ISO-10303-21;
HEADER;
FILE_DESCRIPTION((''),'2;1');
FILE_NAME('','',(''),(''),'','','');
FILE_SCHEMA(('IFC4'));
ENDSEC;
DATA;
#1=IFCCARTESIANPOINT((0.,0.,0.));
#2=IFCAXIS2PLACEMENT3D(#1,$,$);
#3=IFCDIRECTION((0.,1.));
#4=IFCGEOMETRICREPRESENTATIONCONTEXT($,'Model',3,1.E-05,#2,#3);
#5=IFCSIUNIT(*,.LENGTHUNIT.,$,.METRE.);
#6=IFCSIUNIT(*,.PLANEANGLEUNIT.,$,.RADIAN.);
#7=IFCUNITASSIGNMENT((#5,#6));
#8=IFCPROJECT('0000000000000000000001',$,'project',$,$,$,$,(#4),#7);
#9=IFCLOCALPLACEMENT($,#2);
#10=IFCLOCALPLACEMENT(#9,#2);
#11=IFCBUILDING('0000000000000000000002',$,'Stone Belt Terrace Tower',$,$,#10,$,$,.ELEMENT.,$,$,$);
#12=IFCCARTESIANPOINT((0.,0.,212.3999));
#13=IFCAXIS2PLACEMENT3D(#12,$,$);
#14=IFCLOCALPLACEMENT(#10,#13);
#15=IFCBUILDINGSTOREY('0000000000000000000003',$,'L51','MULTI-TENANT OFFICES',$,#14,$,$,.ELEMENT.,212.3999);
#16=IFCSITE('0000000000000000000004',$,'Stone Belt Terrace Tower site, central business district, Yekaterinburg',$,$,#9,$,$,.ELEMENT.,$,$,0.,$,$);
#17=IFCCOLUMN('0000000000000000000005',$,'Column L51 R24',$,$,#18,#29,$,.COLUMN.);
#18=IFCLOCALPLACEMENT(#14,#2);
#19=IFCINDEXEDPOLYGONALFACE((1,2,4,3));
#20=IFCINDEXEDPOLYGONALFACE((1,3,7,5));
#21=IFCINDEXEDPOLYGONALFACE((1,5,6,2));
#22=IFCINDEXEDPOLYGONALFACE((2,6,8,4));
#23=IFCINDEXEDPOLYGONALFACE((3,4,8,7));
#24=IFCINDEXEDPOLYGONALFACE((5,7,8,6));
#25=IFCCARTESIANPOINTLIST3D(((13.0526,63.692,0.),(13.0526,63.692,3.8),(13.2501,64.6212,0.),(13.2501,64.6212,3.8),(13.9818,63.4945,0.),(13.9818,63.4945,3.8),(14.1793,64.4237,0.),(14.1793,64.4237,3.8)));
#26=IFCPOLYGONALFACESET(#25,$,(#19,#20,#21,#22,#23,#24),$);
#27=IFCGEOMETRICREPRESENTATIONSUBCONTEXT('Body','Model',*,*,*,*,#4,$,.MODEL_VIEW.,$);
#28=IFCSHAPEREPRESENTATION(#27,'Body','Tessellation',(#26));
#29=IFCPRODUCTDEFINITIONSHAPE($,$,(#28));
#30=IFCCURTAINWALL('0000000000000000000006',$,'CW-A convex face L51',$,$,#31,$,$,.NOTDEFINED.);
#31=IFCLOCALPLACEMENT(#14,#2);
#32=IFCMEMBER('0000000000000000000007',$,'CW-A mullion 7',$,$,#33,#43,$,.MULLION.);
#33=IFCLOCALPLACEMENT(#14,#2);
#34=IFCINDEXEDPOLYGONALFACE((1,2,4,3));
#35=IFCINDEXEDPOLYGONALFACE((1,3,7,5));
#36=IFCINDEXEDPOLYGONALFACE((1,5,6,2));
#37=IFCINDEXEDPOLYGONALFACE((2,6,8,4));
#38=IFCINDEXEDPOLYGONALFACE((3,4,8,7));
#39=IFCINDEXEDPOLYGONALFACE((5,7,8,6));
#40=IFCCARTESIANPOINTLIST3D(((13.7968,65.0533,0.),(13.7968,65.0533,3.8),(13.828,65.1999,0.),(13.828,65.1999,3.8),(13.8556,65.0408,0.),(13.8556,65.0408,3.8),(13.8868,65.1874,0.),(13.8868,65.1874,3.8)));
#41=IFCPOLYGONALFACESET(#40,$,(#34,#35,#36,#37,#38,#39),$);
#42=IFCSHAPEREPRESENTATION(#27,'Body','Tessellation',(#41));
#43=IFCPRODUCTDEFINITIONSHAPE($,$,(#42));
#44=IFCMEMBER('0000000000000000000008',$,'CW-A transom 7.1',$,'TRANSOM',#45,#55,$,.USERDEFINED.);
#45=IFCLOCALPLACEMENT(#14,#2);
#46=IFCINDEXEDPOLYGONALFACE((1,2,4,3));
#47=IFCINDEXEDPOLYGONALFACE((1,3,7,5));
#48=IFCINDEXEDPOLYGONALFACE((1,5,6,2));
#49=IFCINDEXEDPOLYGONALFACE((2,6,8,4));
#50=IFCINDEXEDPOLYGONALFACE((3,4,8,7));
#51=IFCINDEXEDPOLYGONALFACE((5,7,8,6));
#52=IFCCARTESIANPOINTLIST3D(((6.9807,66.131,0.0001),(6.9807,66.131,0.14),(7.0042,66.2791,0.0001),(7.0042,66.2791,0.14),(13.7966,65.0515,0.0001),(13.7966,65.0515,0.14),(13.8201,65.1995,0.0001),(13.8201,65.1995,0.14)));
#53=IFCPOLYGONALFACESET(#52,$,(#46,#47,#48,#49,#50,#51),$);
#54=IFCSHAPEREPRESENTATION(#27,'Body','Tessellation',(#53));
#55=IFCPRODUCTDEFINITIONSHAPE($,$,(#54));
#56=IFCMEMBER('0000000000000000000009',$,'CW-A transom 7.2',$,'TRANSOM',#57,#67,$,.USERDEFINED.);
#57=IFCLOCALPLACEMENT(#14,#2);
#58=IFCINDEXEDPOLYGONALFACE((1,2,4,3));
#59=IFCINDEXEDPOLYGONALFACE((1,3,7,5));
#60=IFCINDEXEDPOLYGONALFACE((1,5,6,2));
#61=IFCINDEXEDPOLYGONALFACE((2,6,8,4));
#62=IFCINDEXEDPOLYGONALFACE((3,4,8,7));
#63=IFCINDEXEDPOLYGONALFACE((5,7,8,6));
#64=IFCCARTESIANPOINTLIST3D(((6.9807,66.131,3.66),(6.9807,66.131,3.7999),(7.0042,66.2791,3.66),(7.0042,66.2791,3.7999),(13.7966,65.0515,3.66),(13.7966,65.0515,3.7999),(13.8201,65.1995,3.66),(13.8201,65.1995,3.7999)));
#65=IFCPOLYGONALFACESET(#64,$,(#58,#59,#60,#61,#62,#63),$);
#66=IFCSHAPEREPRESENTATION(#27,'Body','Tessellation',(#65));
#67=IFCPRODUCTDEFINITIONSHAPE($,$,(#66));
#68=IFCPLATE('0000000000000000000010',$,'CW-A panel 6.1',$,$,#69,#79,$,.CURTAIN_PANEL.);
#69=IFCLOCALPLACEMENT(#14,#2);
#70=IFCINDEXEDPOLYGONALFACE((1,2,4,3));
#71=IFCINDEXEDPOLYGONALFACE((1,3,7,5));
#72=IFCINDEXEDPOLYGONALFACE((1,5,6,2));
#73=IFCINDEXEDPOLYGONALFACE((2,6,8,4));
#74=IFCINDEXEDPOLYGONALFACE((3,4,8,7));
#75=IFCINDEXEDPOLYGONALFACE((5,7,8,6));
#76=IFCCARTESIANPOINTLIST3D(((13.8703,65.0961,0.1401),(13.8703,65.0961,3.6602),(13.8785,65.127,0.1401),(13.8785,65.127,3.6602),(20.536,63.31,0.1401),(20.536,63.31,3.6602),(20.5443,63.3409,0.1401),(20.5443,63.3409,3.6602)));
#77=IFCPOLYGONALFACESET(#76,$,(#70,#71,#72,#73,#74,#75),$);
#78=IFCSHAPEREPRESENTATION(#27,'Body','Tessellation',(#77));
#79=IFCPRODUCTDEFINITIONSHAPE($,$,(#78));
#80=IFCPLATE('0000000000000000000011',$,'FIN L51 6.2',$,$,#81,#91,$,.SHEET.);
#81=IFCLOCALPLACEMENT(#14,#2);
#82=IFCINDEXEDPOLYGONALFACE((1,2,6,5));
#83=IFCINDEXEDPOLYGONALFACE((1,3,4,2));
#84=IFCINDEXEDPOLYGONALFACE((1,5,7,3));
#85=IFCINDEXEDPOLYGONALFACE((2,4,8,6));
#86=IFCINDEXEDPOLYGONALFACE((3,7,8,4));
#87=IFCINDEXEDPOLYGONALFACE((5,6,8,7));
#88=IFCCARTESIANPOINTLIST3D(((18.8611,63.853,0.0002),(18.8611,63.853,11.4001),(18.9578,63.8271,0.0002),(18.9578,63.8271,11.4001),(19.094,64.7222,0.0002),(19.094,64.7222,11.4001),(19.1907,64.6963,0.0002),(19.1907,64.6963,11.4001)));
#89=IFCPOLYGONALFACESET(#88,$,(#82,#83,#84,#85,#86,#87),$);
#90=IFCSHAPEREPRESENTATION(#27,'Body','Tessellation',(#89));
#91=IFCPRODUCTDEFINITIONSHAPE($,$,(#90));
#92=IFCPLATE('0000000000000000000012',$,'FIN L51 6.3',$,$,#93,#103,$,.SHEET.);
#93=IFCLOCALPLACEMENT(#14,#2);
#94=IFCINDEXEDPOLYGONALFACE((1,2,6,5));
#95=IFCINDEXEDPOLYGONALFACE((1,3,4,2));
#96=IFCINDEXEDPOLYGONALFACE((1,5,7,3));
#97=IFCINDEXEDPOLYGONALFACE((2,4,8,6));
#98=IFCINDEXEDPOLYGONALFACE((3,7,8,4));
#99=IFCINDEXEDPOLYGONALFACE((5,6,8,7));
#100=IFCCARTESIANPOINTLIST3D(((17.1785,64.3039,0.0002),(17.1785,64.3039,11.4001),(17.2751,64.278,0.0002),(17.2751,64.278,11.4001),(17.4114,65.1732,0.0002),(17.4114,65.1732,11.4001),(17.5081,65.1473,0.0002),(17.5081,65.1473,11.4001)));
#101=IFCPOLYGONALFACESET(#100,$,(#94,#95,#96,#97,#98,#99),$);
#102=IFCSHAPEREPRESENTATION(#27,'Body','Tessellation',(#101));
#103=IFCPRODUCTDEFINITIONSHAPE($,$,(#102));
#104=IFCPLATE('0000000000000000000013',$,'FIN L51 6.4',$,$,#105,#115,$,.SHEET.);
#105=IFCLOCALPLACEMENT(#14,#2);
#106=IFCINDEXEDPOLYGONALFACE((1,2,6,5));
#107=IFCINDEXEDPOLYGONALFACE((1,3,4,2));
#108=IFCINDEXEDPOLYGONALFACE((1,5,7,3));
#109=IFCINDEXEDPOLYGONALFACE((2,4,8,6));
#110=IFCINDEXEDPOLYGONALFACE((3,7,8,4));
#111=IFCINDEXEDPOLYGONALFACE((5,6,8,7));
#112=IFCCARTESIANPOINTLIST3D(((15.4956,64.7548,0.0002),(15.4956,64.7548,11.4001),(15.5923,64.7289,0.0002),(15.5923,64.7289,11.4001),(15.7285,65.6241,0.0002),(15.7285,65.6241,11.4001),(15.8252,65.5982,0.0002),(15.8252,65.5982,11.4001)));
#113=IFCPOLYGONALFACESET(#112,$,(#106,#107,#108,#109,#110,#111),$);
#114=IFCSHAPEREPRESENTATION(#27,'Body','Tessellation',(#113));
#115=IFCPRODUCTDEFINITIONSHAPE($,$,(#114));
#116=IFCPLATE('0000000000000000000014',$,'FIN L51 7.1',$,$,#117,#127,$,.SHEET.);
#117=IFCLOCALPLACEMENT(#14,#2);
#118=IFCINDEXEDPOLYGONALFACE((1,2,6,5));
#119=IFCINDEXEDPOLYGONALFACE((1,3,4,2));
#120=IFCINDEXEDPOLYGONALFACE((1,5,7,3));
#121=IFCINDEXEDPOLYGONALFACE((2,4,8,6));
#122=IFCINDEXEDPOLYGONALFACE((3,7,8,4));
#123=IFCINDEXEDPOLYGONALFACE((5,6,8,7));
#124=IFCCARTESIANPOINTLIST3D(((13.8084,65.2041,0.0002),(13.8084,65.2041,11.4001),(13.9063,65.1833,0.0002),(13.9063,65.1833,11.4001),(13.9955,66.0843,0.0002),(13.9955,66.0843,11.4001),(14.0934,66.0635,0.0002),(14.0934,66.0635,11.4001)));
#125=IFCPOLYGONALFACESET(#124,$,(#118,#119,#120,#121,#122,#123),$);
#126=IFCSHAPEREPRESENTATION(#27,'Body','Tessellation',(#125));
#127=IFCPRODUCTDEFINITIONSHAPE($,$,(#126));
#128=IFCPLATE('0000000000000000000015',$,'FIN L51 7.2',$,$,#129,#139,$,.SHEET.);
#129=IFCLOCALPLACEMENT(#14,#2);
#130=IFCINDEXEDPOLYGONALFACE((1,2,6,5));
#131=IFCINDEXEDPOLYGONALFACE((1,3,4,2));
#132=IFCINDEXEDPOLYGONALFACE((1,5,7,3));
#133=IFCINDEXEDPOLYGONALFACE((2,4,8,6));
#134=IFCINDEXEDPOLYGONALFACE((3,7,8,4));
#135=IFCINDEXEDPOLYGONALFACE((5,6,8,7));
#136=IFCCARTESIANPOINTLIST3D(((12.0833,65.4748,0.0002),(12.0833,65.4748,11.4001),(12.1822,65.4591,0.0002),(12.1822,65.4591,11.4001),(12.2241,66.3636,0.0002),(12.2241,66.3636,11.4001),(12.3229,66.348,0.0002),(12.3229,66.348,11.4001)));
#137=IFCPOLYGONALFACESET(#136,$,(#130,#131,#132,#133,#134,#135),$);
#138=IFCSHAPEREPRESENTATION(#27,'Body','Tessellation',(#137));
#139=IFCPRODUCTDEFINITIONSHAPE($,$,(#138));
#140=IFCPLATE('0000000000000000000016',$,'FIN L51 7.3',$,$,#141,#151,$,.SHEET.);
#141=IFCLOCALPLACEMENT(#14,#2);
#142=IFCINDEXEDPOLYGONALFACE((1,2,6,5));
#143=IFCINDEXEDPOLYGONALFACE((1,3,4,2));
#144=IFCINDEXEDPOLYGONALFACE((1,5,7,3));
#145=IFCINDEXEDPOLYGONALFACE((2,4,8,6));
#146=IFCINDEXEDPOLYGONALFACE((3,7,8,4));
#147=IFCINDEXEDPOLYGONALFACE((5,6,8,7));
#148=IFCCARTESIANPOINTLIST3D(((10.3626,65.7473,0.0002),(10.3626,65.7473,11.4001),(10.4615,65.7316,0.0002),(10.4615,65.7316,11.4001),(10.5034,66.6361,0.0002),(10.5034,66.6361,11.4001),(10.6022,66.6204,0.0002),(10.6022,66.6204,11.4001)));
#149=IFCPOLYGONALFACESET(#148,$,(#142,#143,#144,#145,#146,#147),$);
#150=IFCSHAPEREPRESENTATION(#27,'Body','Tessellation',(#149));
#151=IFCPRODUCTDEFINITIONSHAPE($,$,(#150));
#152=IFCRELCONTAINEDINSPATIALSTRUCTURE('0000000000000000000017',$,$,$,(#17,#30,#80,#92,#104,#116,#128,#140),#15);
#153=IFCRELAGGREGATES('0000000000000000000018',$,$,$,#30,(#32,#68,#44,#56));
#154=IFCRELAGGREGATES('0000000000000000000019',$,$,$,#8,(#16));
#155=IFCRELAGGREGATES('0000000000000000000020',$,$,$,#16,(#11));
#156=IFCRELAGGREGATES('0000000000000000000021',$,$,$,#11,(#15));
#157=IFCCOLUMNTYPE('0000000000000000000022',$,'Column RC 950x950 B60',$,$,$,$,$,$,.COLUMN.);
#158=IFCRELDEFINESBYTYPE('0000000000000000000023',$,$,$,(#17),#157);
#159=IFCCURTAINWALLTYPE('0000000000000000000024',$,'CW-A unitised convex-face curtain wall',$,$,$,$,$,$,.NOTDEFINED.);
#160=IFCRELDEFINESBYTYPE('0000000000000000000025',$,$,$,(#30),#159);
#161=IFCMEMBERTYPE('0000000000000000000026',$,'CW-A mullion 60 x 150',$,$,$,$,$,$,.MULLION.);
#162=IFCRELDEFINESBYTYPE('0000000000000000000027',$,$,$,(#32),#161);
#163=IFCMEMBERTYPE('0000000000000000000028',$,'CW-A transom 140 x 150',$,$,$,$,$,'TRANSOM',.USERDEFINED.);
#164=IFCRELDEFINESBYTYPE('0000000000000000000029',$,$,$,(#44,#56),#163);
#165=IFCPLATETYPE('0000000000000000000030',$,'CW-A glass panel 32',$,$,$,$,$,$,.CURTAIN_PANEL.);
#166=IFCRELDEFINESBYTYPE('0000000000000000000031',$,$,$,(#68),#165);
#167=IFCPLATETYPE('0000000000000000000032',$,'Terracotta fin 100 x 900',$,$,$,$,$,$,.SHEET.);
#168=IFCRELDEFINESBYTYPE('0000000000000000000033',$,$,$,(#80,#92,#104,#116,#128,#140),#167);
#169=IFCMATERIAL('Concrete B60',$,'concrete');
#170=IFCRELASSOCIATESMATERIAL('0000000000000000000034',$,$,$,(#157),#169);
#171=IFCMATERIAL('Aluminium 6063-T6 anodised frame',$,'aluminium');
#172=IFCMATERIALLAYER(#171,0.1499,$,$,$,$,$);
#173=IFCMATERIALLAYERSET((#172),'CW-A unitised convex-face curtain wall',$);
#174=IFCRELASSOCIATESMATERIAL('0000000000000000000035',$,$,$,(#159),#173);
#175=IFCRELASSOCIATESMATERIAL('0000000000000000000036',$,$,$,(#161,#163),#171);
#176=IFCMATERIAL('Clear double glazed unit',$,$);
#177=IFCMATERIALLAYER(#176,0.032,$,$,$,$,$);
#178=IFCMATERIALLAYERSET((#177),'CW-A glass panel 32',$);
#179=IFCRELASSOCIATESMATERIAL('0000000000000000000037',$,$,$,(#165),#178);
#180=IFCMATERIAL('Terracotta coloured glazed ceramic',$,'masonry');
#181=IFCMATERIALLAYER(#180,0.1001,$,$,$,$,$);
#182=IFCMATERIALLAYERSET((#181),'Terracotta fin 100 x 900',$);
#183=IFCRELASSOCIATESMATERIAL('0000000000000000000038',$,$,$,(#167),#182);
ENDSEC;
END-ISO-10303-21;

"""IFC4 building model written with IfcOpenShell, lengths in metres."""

from ifc_helpers import new_model, si_unit, direction, frame, origin, origin_2d, place, context, subcontext, project, spatial, rectangle, extrude, material, layer, layer_set, material_profile, profile_set, type_object, element, aggregate, save


model = new_model("IFC4")

# Units and contexts
model_context = context("Model", 3, precision=1e-05, world=origin(), true_north=direction((0.0, 1.0)))
body_context = subcontext(model_context, "Body", "Model", "MODEL_VIEW")
ifc_project = project(units=[si_unit("LENGTHUNIT", "METRE"), si_unit("PLANEANGLEUNIT", "RADIAN")], contexts=[model_context])

# Site, building, storey
site_placement = place(None, origin())
site = spatial("IfcSite", under=ifc_project, at=site_placement, Name="Stone Belt Terrace Tower site, central business district, Yekaterinburg", CompositionType="ELEMENT", RefElevation=0.0)
building_placement = place(site_placement, origin())
building = spatial("IfcBuilding", under=site, at=building_placement, Name="Stone Belt Terrace Tower", CompositionType="ELEMENT")
storey_placement = place(building_placement, frame((0.0, 0.0, 212.3999)))
storey = spatial("IfcBuildingStorey", under=building, at=storey_placement, Name="L51", Description="MULTI-TENANT OFFICES", CompositionType="ELEMENT", Elevation=212.3999)

# Column
ifc_material_1 = material(Name="Concrete B60", Category="concrete")
ifc_material_profile_1 = material_profile(ifc_material_1, rectangle(XDim=0.95, YDim=0.95, at=origin_2d()), Name="RC 950x950")
ifc_profile_set_1 = profile_set([ifc_material_profile_1], Name="Concrete B60")
column_type = type_object("IfcColumnType", Name="Column RC 950x950 B60", PredefinedType="COLUMN", material=ifc_profile_set_1)
column_placement = place(storey_placement, frame((13.616, 64.0579, 0.0), z_axis=(0.0, 0.0, 1.0), x_axis=(0.978148, -0.207912, 0.0)))
element("IfcColumn", 1, at=column_placement, inside=storey, type_object=column_type, Name="Column L51 R24", PredefinedType="COLUMN", context=body_context, shape_type="SweptSolid", body=[
    extrude(rectangle(XDim=0.95, YDim=0.95, at=origin_2d()), origin(), (0.0, 0.0, 1.0), 3.8),
])

# Curtain wall, members, plate
ifc_material_2 = material(Name="Aluminium 6063-T6 anodised frame", Category="aluminium")
ifc_layer_1 = layer(ifc_material_2, 0.1499)
ifc_layer_set_1 = layer_set([ifc_layer_1], Name="CW-A unitised convex-face curtain wall")
curtain_wall_type = type_object("IfcCurtainWallType", Name="CW-A unitised convex-face curtain wall", PredefinedType="NOTDEFINED", material=ifc_layer_set_1)
curtain_wall_placement = place(storey_placement, origin())
curtain_wall = element("IfcCurtainWall", 2, at=curtain_wall_placement, inside=storey, type_object=curtain_wall_type, Name="CW-A convex face L51", PredefinedType="NOTDEFINED")
ifc_material_profile_2 = material_profile(ifc_material_2, rectangle(XDim=0.1499, YDim=0.0601, at=origin_2d()), Name="Aluminium 6063-T6 60x150")
ifc_profile_set_2 = profile_set([ifc_material_profile_2], Name="Aluminium 6063-T6 anodised frame")
member_type_1 = type_object("IfcMemberType", Name="CW-A mullion 60 x 150", PredefinedType="MULLION", material=ifc_profile_set_2)
member_1_placement = place(storey_placement, frame((13.8418, 65.1204, 0.0), z_axis=(0.0, 0.0, 1.0), x_axis=(-0.207912, -0.978148, 0.0)))
member_1 = element("IfcMember", 3, at=member_1_placement, type_object=member_type_1, Name="CW-A mullion 7", PredefinedType="MULLION", context=body_context, shape_type="SweptSolid", body=[
    extrude(rectangle(XDim=0.1499, YDim=0.0601, at=origin_2d()), origin(), (0.0, 0.0, 1.0), 3.8),
])
ifc_material_profile_3 = material_profile(ifc_material_2, rectangle(XDim=0.1499, YDim=0.1399, at=origin_2d()), Name="Aluminium 6063-T6 150x140")
ifc_profile_set_3 = profile_set([ifc_material_profile_3], Name="Aluminium 6063-T6 anodised frame")
member_type_2 = type_object("IfcMemberType", Name="CW-A transom 140 x 150", ElementType="TRANSOM", PredefinedType="USERDEFINED", material=ifc_profile_set_3)
member_2_placement = place(storey_placement, frame((13.8083, 65.1255, 0.0701), z_axis=(-0.987687, 0.156442, 0.0), x_axis=(-0.156442, -0.987687, 0.0)))
member_2 = element("IfcMember", 4, at=member_2_placement, type_object=member_type_2, Name="CW-A transom 7.1", ObjectType="TRANSOM", PredefinedType="USERDEFINED", context=body_context, shape_type="SweptSolid", body=[
    extrude(rectangle(XDim=0.1499, YDim=0.1399, at=origin_2d()), origin(), (0.0, 0.0, 1.0), 6.9009),
])
member_3_placement = place(storey_placement, frame((13.8083, 65.1255, 3.73), z_axis=(-0.987687, 0.156442, 0.0), x_axis=(-0.156442, -0.987687, 0.0)))
member_3 = element("IfcMember", 5, at=member_3_placement, type_object=member_type_2, Name="CW-A transom 7.2", ObjectType="TRANSOM", PredefinedType="USERDEFINED", context=body_context, shape_type="SweptSolid", body=[
    extrude(rectangle(XDim=0.1499, YDim=0.1399, at=origin_2d()), origin(), (0.0, 0.0, 1.0), 6.9009),
])
ifc_material_3 = material(Name="Clear double glazed unit")
ifc_layer_2 = layer(ifc_material_3, 0.032)
ifc_layer_set_2 = layer_set([ifc_layer_2], Name="CW-A glass panel 32")
plate_type_1 = type_object("IfcPlateType", Name="CW-A glass panel 32", PredefinedType="CURTAIN_PANEL", material=ifc_layer_set_2)
plate_placement = place(storey_placement, frame((17.2073, 64.2185, 0.1401), z_axis=(0.0, 0.0, 1.0), x_axis=(-0.965926, 0.258819, 0.0)))
plate = element("IfcPlate", 6, at=plate_placement, type_object=plate_type_1, Name="CW-A panel 6.1", PredefinedType="CURTAIN_PANEL", context=body_context, shape_type="SweptSolid", body=[
    extrude(rectangle(XDim=6.9009, YDim=0.032, at=origin_2d()), origin(), (0.0, 0.0, 1.0), 3.52),
])
aggregate(curtain_wall, [member_1, plate, member_2, member_3])

# Plates
ifc_material_4 = material(Name="Terracotta coloured glazed ceramic", Category="masonry")
ifc_layer_3 = layer(ifc_material_4, 0.1001)
ifc_layer_set_3 = layer_set([ifc_layer_3], Name="Terracotta fin 100 x 900")
plate_type_2 = type_object("IfcPlateType", Name="Terracotta fin 100 x 900", PredefinedType="SHEET", material=ifc_layer_set_3)
for number, where, z_axis, x_axis, name in (
    (7, (19.0259, 64.2747, 0.0002), (0.0, 0.0, 1.0), (0.258819, 0.965926, 0.0), "FIN L51 6.2"),
    (8, (17.3433, 64.7256, 0.0002), (0.0, 0.0, 1.0), (0.258819, 0.965926, 0.0), "FIN L51 6.3"),
    (9, (15.6604, 65.1765, 0.0002), (0.0, 0.0, 1.0), (0.258819, 0.965926, 0.0), "FIN L51 6.4"),
    (10, (13.9509, 65.6338, 0.0002), (0.0, 0.0, 1.0), (0.207912, 0.978148, 0.0), "FIN L51 7.1"),
    (11, (12.2031, 65.9114, 0.0002), (0.0, 0.0, 1.0), (0.156434, 0.987688, 0.0), "FIN L51 7.2"),
    (12, (10.4824, 66.1838, 0.0002), (0.0, 0.0, 1.0), (0.156434, 0.987688, 0.0), "FIN L51 7.3"),
):
    element("IfcPlate", number, at=place(storey_placement, frame(where, z_axis=z_axis, x_axis=x_axis)), inside=storey, type_object=plate_type_2, Name=name, PredefinedType="SHEET", context=body_context, shape_type="SweptSolid", body=[
        extrude(rectangle(XDim=0.8999, YDim=0.1001, at=origin_2d()), origin(), (0.0, 0.0, 1.0), 11.3999),
    ])

save(model, "model.ifc")
